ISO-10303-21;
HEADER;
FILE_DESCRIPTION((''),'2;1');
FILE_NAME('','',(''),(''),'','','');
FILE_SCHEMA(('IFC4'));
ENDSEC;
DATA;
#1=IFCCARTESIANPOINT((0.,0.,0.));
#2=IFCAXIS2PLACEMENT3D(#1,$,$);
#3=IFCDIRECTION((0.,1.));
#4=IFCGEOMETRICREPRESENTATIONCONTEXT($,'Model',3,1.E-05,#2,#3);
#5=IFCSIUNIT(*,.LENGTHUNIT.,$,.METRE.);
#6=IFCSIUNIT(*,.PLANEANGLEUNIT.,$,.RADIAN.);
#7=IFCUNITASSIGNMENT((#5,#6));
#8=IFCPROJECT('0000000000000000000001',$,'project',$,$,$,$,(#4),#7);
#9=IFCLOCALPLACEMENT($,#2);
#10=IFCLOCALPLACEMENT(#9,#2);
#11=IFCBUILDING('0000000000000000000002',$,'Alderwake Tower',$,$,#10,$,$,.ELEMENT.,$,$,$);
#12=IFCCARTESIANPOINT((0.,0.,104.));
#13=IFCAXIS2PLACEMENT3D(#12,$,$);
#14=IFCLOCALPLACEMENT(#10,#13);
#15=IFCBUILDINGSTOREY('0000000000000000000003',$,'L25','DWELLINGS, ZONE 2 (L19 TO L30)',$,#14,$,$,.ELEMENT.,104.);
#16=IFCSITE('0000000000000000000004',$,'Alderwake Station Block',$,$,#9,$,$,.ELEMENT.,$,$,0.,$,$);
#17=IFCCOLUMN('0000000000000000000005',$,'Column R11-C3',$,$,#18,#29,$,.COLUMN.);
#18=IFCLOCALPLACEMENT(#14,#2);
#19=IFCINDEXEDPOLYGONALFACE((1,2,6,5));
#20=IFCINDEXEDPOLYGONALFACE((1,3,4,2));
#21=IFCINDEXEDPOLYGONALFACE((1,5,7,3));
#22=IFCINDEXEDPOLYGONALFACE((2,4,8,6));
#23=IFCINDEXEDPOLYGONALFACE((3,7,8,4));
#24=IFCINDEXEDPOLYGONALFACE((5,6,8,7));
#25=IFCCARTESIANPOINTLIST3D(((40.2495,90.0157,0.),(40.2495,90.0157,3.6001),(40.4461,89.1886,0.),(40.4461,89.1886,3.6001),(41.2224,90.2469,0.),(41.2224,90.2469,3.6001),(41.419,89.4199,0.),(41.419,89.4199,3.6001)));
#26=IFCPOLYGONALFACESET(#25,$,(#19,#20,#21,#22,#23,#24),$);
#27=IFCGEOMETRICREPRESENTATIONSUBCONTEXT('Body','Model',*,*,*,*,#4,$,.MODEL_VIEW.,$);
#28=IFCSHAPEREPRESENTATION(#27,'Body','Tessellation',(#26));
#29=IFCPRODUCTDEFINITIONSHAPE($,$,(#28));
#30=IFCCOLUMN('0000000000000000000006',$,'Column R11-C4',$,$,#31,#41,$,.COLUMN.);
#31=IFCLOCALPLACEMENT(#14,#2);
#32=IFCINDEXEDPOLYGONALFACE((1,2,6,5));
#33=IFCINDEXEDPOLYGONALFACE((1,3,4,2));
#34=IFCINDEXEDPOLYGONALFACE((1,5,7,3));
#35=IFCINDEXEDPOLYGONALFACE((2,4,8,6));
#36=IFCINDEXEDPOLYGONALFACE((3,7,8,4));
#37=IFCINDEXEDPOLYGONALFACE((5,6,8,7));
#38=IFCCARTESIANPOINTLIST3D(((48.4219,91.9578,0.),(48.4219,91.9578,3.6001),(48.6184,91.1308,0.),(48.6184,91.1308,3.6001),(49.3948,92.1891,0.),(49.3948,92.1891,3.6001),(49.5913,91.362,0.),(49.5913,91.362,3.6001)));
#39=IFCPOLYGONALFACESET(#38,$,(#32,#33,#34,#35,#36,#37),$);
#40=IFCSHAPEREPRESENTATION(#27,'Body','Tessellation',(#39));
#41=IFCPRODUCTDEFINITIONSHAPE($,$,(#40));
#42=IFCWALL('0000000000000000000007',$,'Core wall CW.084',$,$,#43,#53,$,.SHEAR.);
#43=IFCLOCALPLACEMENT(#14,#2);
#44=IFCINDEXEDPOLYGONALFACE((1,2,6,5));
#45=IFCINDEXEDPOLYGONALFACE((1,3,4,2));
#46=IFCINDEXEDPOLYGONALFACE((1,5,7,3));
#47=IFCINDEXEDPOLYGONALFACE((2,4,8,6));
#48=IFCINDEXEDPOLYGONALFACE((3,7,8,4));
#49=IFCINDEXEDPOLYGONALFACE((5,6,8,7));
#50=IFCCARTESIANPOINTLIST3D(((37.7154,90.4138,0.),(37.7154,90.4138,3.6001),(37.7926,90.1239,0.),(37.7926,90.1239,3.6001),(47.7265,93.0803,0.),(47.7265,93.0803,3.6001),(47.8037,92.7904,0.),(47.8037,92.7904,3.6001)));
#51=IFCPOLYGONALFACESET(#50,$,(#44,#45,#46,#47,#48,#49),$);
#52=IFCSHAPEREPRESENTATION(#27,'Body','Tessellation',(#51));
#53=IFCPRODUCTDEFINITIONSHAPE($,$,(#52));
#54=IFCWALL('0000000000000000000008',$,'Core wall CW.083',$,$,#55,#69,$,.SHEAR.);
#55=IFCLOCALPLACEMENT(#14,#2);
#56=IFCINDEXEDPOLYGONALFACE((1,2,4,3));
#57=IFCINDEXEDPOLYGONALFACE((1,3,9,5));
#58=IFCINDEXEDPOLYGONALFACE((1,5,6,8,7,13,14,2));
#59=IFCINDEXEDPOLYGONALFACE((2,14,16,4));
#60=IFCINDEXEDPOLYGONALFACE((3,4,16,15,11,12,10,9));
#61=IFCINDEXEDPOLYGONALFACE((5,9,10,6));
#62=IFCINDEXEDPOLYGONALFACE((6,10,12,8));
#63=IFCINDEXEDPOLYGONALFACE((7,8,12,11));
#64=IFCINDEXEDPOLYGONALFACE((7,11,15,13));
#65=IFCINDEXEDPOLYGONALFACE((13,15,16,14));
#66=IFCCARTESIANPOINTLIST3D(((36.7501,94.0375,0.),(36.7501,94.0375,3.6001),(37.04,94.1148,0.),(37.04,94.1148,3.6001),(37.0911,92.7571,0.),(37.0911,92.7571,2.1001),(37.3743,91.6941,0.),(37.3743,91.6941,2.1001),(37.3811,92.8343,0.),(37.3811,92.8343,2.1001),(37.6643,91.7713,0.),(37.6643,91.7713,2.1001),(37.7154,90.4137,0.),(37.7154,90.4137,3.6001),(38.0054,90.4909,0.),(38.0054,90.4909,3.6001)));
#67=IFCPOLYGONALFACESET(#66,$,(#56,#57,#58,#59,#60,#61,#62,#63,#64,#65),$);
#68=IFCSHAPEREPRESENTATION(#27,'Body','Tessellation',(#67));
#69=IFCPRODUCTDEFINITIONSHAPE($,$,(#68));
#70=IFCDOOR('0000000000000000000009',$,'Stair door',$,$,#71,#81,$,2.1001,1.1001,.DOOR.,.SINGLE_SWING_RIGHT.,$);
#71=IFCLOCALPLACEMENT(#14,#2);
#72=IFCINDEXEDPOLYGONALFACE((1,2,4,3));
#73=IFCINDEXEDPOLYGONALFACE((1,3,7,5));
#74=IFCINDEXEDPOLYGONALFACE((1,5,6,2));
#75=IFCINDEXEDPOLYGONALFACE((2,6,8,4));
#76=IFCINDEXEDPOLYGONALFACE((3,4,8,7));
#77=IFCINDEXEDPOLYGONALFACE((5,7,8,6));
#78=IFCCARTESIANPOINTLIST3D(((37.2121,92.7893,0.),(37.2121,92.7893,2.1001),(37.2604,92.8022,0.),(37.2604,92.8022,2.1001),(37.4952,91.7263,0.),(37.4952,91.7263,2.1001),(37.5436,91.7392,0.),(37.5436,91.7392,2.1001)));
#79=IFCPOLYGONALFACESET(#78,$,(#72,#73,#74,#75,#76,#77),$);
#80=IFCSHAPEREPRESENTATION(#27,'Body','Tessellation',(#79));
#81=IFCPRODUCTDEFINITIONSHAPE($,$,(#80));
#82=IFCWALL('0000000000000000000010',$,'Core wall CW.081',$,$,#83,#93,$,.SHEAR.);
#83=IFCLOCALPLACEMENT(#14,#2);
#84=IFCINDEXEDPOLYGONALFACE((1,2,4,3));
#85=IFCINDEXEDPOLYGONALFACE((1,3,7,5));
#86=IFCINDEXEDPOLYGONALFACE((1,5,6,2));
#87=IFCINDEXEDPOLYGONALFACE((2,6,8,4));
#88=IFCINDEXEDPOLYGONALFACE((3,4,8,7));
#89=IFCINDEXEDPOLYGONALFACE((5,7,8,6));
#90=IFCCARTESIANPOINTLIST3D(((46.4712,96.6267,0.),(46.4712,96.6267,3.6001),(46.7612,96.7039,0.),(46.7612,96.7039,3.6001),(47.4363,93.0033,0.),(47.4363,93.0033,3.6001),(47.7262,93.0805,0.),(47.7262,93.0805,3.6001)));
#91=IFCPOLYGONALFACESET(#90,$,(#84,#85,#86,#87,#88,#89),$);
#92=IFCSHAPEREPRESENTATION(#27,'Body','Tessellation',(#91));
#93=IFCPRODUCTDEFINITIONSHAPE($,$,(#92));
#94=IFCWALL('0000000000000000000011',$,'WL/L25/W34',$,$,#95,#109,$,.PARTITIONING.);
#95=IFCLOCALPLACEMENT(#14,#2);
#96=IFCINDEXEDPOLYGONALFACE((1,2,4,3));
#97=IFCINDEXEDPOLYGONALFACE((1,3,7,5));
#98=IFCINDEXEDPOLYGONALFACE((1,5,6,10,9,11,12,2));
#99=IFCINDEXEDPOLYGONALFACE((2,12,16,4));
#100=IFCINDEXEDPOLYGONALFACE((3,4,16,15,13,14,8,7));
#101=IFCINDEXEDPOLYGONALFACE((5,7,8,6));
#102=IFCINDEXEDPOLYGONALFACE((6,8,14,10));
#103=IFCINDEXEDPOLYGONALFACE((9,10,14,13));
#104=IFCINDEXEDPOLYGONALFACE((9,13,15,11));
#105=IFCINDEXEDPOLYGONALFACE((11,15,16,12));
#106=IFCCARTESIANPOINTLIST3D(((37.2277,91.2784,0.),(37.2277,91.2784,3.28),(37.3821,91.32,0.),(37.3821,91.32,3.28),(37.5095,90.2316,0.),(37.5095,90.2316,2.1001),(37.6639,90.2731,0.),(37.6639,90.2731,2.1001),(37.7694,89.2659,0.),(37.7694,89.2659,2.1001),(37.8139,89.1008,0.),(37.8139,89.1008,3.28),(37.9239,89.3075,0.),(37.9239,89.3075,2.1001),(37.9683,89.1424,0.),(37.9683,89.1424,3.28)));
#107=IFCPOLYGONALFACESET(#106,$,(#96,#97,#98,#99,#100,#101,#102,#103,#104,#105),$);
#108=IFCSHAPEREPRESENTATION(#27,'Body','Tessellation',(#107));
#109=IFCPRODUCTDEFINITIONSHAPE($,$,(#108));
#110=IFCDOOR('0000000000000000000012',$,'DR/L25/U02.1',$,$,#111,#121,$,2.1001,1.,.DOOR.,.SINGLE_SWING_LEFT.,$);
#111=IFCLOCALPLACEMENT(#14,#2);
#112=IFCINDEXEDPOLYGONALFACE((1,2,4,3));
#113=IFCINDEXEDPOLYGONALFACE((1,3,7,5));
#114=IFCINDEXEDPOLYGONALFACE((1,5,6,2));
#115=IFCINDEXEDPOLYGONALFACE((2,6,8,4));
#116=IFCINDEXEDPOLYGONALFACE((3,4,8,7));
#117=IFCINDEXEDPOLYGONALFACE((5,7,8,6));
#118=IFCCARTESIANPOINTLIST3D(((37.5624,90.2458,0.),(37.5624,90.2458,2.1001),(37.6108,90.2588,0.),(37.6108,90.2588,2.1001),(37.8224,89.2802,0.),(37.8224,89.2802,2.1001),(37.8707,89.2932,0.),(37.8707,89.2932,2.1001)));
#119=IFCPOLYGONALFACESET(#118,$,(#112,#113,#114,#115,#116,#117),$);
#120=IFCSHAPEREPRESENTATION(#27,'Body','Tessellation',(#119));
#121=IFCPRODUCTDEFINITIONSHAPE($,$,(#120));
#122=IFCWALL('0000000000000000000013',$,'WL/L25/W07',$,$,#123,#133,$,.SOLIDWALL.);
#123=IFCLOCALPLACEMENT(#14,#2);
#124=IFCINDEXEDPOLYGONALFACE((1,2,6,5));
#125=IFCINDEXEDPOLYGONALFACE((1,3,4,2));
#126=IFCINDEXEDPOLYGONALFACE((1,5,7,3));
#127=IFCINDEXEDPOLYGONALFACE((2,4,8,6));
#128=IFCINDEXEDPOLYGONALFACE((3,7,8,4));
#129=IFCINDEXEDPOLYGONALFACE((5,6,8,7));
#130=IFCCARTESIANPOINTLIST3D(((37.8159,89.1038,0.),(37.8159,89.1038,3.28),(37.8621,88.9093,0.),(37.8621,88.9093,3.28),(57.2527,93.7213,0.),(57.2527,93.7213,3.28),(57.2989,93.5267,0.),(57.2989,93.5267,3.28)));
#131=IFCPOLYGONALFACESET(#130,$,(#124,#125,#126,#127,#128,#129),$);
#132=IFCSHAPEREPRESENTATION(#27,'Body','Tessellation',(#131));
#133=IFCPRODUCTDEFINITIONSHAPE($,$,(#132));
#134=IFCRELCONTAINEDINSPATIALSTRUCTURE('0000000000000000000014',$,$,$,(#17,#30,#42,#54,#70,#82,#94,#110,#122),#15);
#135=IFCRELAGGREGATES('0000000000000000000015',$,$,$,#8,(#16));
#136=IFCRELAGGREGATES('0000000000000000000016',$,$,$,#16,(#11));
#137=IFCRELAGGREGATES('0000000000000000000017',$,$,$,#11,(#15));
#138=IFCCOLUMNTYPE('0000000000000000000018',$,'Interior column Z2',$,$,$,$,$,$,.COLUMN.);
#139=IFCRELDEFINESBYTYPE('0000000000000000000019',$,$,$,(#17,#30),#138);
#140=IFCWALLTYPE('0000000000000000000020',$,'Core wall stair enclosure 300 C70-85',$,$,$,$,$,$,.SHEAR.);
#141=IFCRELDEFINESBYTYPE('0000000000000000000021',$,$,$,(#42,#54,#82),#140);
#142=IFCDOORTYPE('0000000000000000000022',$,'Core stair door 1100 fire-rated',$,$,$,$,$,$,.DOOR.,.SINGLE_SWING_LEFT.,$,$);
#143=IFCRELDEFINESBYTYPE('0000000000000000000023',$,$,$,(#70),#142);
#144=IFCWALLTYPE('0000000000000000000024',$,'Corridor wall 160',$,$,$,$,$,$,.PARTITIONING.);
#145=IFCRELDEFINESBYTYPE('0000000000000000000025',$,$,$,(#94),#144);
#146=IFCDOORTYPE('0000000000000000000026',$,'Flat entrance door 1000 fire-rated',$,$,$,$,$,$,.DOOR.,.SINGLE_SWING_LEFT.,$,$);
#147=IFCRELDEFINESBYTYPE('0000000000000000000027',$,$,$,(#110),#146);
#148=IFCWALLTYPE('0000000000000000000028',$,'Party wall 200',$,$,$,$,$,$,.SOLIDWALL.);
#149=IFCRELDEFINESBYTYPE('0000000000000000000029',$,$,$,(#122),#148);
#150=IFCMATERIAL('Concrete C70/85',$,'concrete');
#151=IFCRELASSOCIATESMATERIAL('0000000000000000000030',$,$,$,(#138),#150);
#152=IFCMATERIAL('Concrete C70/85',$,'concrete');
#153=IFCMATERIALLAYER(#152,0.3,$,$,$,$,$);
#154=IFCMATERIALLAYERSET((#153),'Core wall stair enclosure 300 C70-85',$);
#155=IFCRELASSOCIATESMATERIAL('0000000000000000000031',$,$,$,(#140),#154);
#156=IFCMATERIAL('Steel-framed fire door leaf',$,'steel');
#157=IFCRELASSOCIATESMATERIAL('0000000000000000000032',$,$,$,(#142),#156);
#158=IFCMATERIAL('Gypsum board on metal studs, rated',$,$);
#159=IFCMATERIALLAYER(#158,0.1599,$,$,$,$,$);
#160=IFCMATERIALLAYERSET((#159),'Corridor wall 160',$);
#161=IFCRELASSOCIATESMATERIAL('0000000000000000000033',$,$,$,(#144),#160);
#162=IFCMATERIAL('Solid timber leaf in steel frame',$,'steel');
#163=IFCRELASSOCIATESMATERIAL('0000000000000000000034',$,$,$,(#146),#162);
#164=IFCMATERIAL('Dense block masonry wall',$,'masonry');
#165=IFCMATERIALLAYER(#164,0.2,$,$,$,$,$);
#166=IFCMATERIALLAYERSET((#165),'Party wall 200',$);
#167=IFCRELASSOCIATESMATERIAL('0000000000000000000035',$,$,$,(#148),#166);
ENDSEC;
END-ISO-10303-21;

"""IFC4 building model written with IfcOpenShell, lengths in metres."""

from ifc_helpers import new_model, si_unit, direction, frame, frame_2d, origin, origin_2d, place, context, subcontext, project, spatial, rectangle, extrude, material, layer, layer_set, material_profile, profile_set, type_object, element, fill, save


model = new_model("IFC4")

# Units and contexts
model_context = context("Model", 3, precision=1e-05, world=origin(), true_north=direction((0.0, 1.0)))
body_context = subcontext(model_context, "Body", "Model", "MODEL_VIEW")
ifc_project = project(units=[si_unit("LENGTHUNIT", "METRE"), si_unit("PLANEANGLEUNIT", "RADIAN")], contexts=[model_context])

# Site, building, storey
site_placement = place(None, origin())
site = spatial("IfcSite", under=ifc_project, at=site_placement, Name="Alderwake Station Block", CompositionType="ELEMENT", RefElevation=0.0)
building_placement = place(site_placement, origin())
building = spatial("IfcBuilding", under=site, at=building_placement, Name="Alderwake Tower", CompositionType="ELEMENT")
storey_placement = place(building_placement, frame((0.0, 0.0, 104.0)))
storey = spatial("IfcBuildingStorey", under=building, at=storey_placement, Name="L25", Description="DWELLINGS, ZONE 2 (L19 TO L30)", CompositionType="ELEMENT", Elevation=104.0)

# Columns
ifc_material_1 = material(Name="Concrete C70/85", Category="concrete")
ifc_material_profile = material_profile(ifc_material_1, rectangle(XDim=0.8501, YDim=1.0, at=origin_2d()), Name="RC 1000X850")
ifc_profile_set = profile_set([ifc_material_profile], Name="Concrete C70/85")
column_type = type_object("IfcColumnType", Name="Interior column Z2", PredefinedType="COLUMN", material=ifc_profile_set)
for number, where, z_axis, x_axis, name in (
    (1, (40.8342, 89.7178, 0.0), (0.0, 0.0, 1.0), (-0.231222, 0.972901, 0.0), "Column R11-C3"),
    (2, (49.0066, 91.6599, 0.0), (0.0, 0.0, 1.0), (-0.231222, 0.972901, 0.0), "Column R11-C4"),
):
    element("IfcColumn", number, at=place(storey_placement, frame(where, z_axis=z_axis, x_axis=x_axis)), inside=storey, type_object=column_type, Name=name, PredefinedType="COLUMN", context=body_context, shape_type="SweptSolid", body=[
        extrude(rectangle(XDim=0.8501, YDim=1.0, at=origin_2d()), origin(), (0.0, 0.0, 1.0), 3.6001),
    ])

# Wall
ifc_material_2 = material(Name="Concrete C70/85", Category="concrete")
ifc_layer_1 = layer(ifc_material_2, 0.3)
ifc_layer_set_1 = layer_set([ifc_layer_1], Name="Core wall stair enclosure 300 C70-85")
wall_type_1 = type_object("IfcWallType", Name="Core wall stair enclosure 300 C70-85", PredefinedType="SHEAR", material=ifc_layer_set_1)
wall_1_placement = place(storey_placement, frame((37.7539, 90.2688, 0.0), z_axis=(0.0, 0.0, 1.0), x_axis=(0.966309, 0.257384, 0.0)))
element("IfcWall", 3, at=wall_1_placement, inside=storey, type_object=wall_type_1, Name="Core wall CW.084", PredefinedType="SHEAR", context=body_context, shape_type="SweptSolid", body=[
    extrude(rectangle(XDim=10.3601, YDim=0.3, at=frame_2d((5.1802, 0.0))), origin(), (0.0, 0.0, 1.0), 3.6001),
])

# Wall, opening, door
wall_2_placement = place(storey_placement, frame((37.8604, 90.4524, 0.0), z_axis=(0.0, 0.0, 1.0), x_axis=(-0.257411, 0.966302, 0.0)))
wall_2 = element("IfcWall", 4, at=wall_2_placement, inside=storey, type_object=wall_type_1, Name="Core wall CW.083", PredefinedType="SHEAR", context=body_context, shape_type="SweptSolid", body=[
    extrude(rectangle(XDim=3.7502, YDim=0.3, at=frame_2d((1.875, 0.0))), origin(), (0.0, 0.0, 1.0), 3.6001),
])
opening_1_placement = place(wall_2_placement, frame((1.325, 0.0, 0.0)))
opening_1 = element("IfcOpeningElement", 5, at=opening_1_placement, cuts=wall_2, PredefinedType="OPENING", context=body_context, shape_type="SweptSolid", body=[
    extrude(rectangle(XDim=1.1001, YDim=2.1001, at=frame_2d((0.55, 1.05))), frame((0.0, 0.1599, 0.0), z_axis=(0.0, -1.0, 0.0), x_axis=(1.0, 0.0, 0.0)), (0.0, 0.0, 1.0), 0.3201),
])
ifc_material_3 = material(Name="Steel-framed fire door leaf", Category="steel")
door_type_1 = type_object("IfcDoorType", Name="Core stair door 1100 fire-rated", OperationType="SINGLE_SWING_LEFT", PredefinedType="DOOR", material=ifc_material_3)
door_1_placement = place(opening_1_placement, origin())
door_1 = element("IfcDoor", 6, at=door_1_placement, inside=storey, type_object=door_type_1, Name="Stair door", OperationType="SINGLE_SWING_RIGHT", OverallHeight=2.1001, OverallWidth=1.1001, PredefinedType="DOOR", context=body_context, shape_type="SweptSolid", body=[
    extrude(rectangle(XDim=1.1001, YDim=2.1001, at=frame_2d((0.55, 1.05))), frame((0.0, 0.0249, 0.0), z_axis=(0.0, -1.0, 0.0), x_axis=(1.0, 0.0, 0.0)), (0.0, 0.0, 1.0), 0.05),
])
fill(opening_1, door_1)

# Wall
wall_3_placement = place(storey_placement, frame((47.5813, 93.0417, 0.0), z_axis=(0.0, 0.0, 1.0), x_axis=(-0.257367, 0.966314, 0.0)))
element("IfcWall", 7, at=wall_3_placement, inside=storey, type_object=wall_type_1, Name="Core wall CW.081", PredefinedType="SHEAR", context=body_context, shape_type="SweptSolid", body=[
    extrude(rectangle(XDim=3.7498, YDim=0.3, at=frame_2d((1.875, 0.0))), origin(), (0.0, 0.0, 1.0), 3.6001),
])

# Wall, opening, door
ifc_material_4 = material(Name="Gypsum board on metal studs, rated")
ifc_layer_2 = layer(ifc_material_4, 0.1599)
ifc_layer_set_2 = layer_set([ifc_layer_2], Name="Corridor wall 160")
wall_type_2 = type_object("IfcWallType", Name="Corridor wall 160", PredefinedType="PARTITIONING", material=ifc_layer_set_2)
wall_4_placement = place(storey_placement, frame((37.3049, 91.2991, 0.0), z_axis=(0.0, 0.0, 1.0), x_axis=(0.259946, -0.965623, 0.0)))
wall_4 = element("IfcWall", 8, at=wall_4_placement, inside=storey, type_object=wall_type_2, Name="WL/L25/W34", PredefinedType="PARTITIONING", context=body_context, shape_type="SweptSolid", body=[
    extrude(rectangle(XDim=2.2551, YDim=0.1599, at=frame_2d((1.1274, 0.0))), origin(), (0.0, 0.0, 1.0), 3.28),
])
opening_2_placement = place(wall_4_placement, frame((1.084, 0.0, 0.0)))
opening_2 = element("IfcOpeningElement", 9, at=opening_2_placement, cuts=wall_4, PredefinedType="OPENING", context=body_context, shape_type="SweptSolid", body=[
    extrude(rectangle(XDim=1.0, YDim=2.1001, at=frame_2d((0.5, 1.05))), frame((0.0, 0.0898, 0.0), z_axis=(0.0, -1.0, 0.0), x_axis=(1.0, 0.0, 0.0)), (0.0, 0.0, 1.0), 0.1799),
])
ifc_material_5 = material(Name="Solid timber leaf in steel frame", Category="steel")
door_type_2 = type_object("IfcDoorType", Name="Flat entrance door 1000 fire-rated", OperationType="SINGLE_SWING_LEFT", PredefinedType="DOOR", material=ifc_material_5)
door_2_placement = place(opening_2_placement, origin())
door_2 = element("IfcDoor", 10, at=door_2_placement, inside=storey, type_object=door_type_2, Name="DR/L25/U02.1", OperationType="SINGLE_SWING_LEFT", OverallHeight=2.1001, OverallWidth=1.0, PredefinedType="DOOR", context=body_context, shape_type="SweptSolid", body=[
    extrude(rectangle(XDim=1.0, YDim=2.1001, at=frame_2d((0.5, 1.05))), frame((0.0, 0.0249, 0.0), z_axis=(0.0, -1.0, 0.0), x_axis=(1.0, 0.0, 0.0)), (0.0, 0.0, 1.0), 0.05),
])
fill(opening_2, door_2)

# Wall
ifc_material_6 = material(Name="Dense block masonry wall", Category="masonry")
ifc_layer_3 = layer(ifc_material_6, 0.2)
ifc_layer_set_3 = layer_set([ifc_layer_3], Name="Party wall 200")
wall_type_3 = type_object("IfcWallType", Name="Party wall 200", PredefinedType="SOLIDWALL", material=ifc_layer_set_3)
wall_5_placement = place(storey_placement, frame((37.8391, 89.0066, 0.0), z_axis=(0.0, 0.0, 1.0), x_axis=(0.972923, 0.231129, 0.0)))
element("IfcWall", 11, at=wall_5_placement, inside=storey, type_object=wall_type_3, Name="WL/L25/W07", PredefinedType="SOLIDWALL", context=body_context, shape_type="SweptSolid", body=[
    extrude(rectangle(XDim=19.9778, YDim=0.2, at=frame_2d((9.9888, 0.0))), origin(), (0.0, 0.0, 1.0), 3.28),
])

save(model, "model.ifc")
